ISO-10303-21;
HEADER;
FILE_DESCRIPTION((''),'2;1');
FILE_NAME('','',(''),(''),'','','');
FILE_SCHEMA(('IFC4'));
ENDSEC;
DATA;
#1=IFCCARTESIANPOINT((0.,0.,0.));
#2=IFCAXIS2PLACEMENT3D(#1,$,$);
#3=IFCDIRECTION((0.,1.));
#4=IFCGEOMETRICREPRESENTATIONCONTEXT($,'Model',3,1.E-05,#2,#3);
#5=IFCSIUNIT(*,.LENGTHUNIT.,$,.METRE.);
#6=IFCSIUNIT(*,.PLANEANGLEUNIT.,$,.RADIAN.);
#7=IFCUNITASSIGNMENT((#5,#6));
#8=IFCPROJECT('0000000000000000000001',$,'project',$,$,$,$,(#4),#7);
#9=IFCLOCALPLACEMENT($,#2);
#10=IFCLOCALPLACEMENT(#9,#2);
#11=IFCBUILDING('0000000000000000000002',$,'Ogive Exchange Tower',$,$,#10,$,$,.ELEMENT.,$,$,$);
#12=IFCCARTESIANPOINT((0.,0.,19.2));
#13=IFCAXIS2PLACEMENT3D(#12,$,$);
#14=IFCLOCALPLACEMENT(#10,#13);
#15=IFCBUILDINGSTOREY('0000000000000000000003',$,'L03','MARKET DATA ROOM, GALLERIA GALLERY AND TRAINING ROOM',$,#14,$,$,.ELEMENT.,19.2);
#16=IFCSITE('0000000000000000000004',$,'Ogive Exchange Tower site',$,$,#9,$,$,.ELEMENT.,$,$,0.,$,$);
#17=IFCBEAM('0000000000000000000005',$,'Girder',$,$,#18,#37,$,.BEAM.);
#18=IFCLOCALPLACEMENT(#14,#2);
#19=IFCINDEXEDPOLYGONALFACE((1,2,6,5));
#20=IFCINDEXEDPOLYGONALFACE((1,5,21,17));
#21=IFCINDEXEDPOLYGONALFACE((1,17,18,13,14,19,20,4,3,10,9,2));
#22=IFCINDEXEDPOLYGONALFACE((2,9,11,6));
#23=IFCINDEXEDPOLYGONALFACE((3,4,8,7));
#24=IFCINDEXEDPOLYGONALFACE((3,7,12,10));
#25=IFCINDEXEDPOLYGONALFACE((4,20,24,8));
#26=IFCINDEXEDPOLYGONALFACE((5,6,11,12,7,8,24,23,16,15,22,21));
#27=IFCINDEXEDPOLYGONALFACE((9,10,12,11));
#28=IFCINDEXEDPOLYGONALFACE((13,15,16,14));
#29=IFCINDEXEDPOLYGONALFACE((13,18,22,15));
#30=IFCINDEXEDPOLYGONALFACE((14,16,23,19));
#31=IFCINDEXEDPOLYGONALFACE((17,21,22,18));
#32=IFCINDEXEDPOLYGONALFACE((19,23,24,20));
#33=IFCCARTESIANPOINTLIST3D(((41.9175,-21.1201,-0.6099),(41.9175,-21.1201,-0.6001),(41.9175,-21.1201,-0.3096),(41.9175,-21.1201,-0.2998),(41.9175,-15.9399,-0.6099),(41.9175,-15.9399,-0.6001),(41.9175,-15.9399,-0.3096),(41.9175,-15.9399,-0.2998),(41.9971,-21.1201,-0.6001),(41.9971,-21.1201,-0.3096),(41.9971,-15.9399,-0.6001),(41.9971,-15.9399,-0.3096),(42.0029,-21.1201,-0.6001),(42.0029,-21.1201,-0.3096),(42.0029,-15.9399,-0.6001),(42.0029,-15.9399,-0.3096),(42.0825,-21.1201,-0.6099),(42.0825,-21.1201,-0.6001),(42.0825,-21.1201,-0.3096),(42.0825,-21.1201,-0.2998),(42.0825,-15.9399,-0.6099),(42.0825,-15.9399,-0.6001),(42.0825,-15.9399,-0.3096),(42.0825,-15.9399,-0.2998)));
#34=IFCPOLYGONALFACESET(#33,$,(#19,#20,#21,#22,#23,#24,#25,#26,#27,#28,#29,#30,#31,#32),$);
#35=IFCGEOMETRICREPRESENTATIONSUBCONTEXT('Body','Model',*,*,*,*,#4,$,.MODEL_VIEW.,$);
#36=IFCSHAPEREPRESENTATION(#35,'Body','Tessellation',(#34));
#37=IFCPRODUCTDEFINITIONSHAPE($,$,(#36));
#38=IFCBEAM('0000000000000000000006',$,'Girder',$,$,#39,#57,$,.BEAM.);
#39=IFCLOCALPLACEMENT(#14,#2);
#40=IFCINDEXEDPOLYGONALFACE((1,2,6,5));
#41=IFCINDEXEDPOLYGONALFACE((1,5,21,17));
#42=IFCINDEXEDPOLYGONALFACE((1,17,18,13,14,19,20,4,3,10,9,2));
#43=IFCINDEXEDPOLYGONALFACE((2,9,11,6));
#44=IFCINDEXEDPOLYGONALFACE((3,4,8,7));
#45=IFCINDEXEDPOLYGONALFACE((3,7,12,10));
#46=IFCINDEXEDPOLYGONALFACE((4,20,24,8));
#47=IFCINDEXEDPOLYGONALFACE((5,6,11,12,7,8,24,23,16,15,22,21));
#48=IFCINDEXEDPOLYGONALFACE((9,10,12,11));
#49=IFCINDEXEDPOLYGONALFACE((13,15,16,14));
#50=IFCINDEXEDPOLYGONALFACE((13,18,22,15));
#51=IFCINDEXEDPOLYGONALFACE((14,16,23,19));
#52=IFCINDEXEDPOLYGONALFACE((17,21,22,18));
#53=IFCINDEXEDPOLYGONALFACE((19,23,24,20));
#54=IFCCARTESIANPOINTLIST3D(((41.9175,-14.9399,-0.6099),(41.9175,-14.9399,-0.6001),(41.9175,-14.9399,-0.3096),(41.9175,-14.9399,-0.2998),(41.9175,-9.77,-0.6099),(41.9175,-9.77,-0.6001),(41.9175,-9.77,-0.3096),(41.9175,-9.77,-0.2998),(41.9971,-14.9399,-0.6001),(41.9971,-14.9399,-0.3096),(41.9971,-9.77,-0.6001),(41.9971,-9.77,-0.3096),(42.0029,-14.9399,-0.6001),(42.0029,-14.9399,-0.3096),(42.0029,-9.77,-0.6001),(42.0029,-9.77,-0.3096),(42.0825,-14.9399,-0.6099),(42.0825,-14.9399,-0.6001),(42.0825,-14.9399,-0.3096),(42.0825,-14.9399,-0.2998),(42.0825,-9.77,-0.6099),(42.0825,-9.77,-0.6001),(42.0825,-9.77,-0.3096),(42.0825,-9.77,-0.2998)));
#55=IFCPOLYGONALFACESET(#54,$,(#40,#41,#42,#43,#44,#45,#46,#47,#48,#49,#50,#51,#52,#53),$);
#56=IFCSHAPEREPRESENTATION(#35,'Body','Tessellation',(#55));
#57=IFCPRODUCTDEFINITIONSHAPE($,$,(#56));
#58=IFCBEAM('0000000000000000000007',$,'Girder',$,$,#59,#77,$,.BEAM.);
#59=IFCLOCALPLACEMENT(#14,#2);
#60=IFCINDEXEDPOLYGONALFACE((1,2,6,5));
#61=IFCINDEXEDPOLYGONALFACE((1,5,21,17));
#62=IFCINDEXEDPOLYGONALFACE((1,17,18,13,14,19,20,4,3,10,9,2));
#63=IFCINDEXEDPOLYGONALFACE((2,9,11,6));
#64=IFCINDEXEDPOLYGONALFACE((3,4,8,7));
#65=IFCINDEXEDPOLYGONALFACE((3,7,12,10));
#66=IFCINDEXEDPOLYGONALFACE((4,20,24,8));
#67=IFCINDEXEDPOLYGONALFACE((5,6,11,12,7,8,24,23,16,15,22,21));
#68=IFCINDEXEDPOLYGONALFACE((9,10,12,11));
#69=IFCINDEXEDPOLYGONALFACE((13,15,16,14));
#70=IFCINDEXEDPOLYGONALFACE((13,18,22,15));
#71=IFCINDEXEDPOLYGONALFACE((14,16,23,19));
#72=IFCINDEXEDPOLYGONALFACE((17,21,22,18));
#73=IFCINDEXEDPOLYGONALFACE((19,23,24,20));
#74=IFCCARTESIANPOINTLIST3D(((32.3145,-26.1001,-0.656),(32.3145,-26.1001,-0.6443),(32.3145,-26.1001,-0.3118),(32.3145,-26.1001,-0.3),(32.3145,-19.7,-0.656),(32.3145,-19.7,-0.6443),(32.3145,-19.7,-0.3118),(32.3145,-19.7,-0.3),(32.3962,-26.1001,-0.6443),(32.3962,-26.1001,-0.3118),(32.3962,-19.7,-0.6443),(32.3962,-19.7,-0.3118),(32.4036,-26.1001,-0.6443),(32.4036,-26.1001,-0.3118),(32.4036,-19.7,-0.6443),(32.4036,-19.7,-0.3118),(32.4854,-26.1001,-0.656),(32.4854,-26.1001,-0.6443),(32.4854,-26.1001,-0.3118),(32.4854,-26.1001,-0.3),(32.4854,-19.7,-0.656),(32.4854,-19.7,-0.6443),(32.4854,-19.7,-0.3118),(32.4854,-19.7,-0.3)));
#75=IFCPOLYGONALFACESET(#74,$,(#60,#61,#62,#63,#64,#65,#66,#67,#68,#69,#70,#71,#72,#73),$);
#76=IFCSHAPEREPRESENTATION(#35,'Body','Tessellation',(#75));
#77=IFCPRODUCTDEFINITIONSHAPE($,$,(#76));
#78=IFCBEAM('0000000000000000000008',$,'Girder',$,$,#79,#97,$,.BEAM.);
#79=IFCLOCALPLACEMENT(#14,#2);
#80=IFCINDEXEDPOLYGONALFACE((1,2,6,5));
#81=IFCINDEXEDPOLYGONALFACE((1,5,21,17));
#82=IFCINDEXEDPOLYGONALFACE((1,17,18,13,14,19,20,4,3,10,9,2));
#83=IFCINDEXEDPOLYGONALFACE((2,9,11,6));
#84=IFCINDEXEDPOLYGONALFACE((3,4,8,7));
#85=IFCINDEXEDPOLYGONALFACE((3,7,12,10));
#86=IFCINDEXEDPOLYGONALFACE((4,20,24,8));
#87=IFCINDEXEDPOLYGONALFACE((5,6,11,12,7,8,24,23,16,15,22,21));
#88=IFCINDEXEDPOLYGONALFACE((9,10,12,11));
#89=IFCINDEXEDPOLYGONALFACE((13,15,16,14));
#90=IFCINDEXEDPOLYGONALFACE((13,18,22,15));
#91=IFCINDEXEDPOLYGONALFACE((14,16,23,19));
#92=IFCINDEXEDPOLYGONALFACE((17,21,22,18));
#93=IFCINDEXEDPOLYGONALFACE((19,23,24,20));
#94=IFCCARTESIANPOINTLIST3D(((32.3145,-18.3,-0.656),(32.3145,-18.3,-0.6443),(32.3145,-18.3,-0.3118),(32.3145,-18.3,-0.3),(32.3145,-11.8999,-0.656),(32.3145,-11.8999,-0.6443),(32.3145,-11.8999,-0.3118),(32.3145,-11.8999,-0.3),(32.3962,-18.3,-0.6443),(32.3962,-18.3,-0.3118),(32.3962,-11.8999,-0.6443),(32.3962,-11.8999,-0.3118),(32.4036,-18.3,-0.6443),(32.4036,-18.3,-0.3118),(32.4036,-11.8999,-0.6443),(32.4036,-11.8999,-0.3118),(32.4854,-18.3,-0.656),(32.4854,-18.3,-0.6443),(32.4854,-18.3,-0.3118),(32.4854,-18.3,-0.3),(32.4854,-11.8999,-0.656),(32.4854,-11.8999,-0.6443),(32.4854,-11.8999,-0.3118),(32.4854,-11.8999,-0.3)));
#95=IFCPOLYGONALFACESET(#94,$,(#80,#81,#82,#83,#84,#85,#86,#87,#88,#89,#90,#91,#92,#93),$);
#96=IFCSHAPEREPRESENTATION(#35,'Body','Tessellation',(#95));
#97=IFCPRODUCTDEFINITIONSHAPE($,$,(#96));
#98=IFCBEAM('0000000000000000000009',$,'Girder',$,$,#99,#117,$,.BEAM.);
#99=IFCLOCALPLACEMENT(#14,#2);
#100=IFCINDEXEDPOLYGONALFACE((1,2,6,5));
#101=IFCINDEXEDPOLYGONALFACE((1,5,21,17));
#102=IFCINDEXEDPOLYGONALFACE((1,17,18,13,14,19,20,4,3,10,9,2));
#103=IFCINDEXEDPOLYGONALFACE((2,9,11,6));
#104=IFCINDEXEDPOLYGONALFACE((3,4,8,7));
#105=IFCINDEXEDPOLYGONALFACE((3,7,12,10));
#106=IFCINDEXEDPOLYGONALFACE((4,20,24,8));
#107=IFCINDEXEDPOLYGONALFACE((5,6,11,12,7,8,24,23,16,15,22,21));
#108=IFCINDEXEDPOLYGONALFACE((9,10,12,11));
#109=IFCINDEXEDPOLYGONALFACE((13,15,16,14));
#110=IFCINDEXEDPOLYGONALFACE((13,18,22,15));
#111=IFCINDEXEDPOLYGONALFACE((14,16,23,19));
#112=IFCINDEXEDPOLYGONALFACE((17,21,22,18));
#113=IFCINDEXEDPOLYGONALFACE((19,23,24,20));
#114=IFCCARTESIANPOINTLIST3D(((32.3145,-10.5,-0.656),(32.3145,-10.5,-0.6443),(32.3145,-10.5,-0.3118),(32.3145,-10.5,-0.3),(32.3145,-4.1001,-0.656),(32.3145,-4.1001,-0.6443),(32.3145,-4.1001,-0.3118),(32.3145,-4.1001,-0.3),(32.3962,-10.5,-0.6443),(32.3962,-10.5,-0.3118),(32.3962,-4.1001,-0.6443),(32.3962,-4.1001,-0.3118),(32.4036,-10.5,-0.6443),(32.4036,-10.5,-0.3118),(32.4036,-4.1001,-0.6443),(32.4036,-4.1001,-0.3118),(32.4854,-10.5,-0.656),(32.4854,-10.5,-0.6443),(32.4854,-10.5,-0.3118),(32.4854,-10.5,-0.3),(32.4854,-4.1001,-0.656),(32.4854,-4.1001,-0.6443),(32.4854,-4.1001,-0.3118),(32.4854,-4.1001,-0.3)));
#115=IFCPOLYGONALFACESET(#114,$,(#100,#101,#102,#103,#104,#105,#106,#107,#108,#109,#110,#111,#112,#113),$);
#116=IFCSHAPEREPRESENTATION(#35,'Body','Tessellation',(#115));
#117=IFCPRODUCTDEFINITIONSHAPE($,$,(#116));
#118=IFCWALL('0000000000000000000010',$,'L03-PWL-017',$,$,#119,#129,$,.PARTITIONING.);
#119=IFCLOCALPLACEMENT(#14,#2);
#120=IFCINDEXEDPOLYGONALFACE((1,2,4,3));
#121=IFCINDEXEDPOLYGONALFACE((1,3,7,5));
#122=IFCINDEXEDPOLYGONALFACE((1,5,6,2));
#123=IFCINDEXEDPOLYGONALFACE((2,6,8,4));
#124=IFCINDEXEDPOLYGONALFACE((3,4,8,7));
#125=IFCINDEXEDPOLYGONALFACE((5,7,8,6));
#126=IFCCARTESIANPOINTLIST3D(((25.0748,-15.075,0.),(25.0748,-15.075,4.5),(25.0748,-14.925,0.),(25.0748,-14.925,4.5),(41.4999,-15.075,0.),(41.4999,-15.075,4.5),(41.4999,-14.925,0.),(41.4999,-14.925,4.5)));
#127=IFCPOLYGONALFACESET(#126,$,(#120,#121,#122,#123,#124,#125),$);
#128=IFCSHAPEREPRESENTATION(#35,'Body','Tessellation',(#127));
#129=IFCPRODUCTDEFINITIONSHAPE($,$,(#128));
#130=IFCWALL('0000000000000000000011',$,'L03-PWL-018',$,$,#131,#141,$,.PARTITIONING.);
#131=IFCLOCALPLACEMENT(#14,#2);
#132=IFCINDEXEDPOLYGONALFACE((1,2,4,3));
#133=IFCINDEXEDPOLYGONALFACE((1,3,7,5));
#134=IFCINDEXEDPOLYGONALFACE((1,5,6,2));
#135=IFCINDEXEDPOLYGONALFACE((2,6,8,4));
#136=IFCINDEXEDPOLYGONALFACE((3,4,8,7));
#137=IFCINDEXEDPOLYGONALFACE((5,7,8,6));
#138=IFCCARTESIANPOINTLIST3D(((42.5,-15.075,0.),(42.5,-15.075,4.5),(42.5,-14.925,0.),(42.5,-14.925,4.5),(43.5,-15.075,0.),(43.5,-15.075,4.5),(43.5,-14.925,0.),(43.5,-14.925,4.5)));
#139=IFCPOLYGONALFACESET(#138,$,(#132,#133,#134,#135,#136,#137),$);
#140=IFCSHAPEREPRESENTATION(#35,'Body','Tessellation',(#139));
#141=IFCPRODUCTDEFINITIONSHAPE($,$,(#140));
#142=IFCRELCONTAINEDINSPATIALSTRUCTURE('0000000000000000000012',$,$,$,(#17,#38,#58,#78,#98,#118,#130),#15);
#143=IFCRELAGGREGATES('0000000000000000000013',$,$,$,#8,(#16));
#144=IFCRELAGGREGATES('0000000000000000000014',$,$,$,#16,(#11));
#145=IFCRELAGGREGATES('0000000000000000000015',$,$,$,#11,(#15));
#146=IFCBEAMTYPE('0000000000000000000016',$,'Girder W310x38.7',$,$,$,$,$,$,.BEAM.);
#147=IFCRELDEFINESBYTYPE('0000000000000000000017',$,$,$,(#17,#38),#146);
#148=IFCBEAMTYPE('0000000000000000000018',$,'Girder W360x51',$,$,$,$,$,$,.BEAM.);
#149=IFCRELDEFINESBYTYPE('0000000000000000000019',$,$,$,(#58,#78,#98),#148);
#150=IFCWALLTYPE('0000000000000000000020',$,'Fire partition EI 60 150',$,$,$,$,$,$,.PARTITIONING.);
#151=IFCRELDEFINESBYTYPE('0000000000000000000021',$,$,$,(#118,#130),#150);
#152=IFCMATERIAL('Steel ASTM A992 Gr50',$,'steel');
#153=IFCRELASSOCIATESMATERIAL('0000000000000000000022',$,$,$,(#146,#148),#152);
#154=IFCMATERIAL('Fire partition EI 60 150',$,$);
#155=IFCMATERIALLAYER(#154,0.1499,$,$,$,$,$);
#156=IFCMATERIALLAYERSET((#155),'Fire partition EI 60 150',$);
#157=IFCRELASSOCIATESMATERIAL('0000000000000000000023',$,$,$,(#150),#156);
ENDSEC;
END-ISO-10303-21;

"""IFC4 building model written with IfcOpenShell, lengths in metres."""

from ifc_helpers import new_model, si_unit, direction, frame, frame_2d, origin, origin_2d, place, context, subcontext, project, spatial, rectangle, i_section, extrude, material, layer, layer_set, material_profile, profile_set, type_object, element, save


model = new_model("IFC4")

# Units and contexts
model_context = context("Model", 3, precision=1e-05, world=origin(), true_north=direction((0.0, 1.0)))
body_context = subcontext(model_context, "Body", "Model", "MODEL_VIEW")
ifc_project = project(units=[si_unit("LENGTHUNIT", "METRE"), si_unit("PLANEANGLEUNIT", "RADIAN")], contexts=[model_context])

# Site, building, storey
site_placement = place(None, origin())
site = spatial("IfcSite", under=ifc_project, at=site_placement, Name="Ogive Exchange Tower site", CompositionType="ELEMENT", RefElevation=0.0)
building_placement = place(site_placement, origin())
building = spatial("IfcBuilding", under=site, at=building_placement, Name="Ogive Exchange Tower", CompositionType="ELEMENT")
storey_placement = place(building_placement, frame((0.0, 0.0, 19.2)))
storey = spatial("IfcBuildingStorey", under=building, at=storey_placement, Name="L03", Description="MARKET DATA ROOM, GALLERIA GALLERY AND TRAINING ROOM", CompositionType="ELEMENT", Elevation=19.2)

# Beams
ifc_material_1 = material(Name="Steel ASTM A992 Gr50", Category="steel")
ifc_material_profile_1 = material_profile(ifc_material_1, i_section(OverallWidth=0.165, OverallDepth=0.3101, WebThickness=0.0059, FlangeThickness=0.0098, at=origin_2d()), Name="W310x38.7")
ifc_profile_set_1 = profile_set([ifc_material_profile_1], Name="Steel ASTM A992 Gr50")
beam_type_1 = type_object("IfcBeamType", Name="Girder W310x38.7", PredefinedType="BEAM", material=ifc_profile_set_1)
beam_1_placement = place(storey_placement, frame((42.0, -21.1201, -0.4548), z_axis=(0.0, 1.0, 0.0), x_axis=(-1.0, 0.0, 0.0)))
element("IfcBeam", 1, at=beam_1_placement, inside=storey, type_object=beam_type_1, Name="Girder", PredefinedType="BEAM", context=body_context, shape_type="SweptSolid", body=[
    extrude(i_section(OverallWidth=0.165, OverallDepth=0.3101, WebThickness=0.0059, FlangeThickness=0.0098, at=origin_2d()), origin(), (0.0, 0.0, 1.0), 5.1802),
])
beam_2_placement = place(storey_placement, frame((42.0, -14.9399, -0.4548), z_axis=(0.0, 1.0, 0.0), x_axis=(-1.0, 0.0, 0.0)))
element("IfcBeam", 2, at=beam_2_placement, inside=storey, type_object=beam_type_1, Name="Girder", PredefinedType="BEAM", context=body_context, shape_type="SweptSolid", body=[
    extrude(i_section(OverallWidth=0.165, OverallDepth=0.3101, WebThickness=0.0059, FlangeThickness=0.0098, at=origin_2d()), origin(), (0.0, 0.0, 1.0), 5.1699),
])
ifc_material_profile_2 = material_profile(ifc_material_1, i_section(OverallWidth=0.1709, OverallDepth=0.356, WebThickness=0.0073, FlangeThickness=0.0117, at=origin_2d()), Name="W360x51")
ifc_profile_set_2 = profile_set([ifc_material_profile_2], Name="Steel ASTM A992 Gr50")
beam_type_2 = type_object("IfcBeamType", Name="Girder W360x51", PredefinedType="BEAM", material=ifc_profile_set_2)
for number, where, z_axis, x_axis, name in (
    (3, (32.3999, -26.1001, -0.478), (0.0, 1.0, 0.0), (-1.0, 0.0, 0.0), "Girder"),
    (4, (32.3999, -18.3, -0.478), (0.0, 1.0, 0.0), (-1.0, 0.0, 0.0), "Girder"),
):
    element("IfcBeam", number, at=place(storey_placement, frame(where, z_axis=z_axis, x_axis=x_axis)), inside=storey, type_object=beam_type_2, Name=name, PredefinedType="BEAM", context=body_context, shape_type="SweptSolid", body=[
        extrude(i_section(OverallWidth=0.1709, OverallDepth=0.356, WebThickness=0.0073, FlangeThickness=0.0117, at=origin_2d()), origin(), (0.0, 0.0, 1.0), 6.4001),
    ])
beam_3_placement = place(storey_placement, frame((32.3999, -10.5, -0.478), z_axis=(0.0, 1.0, 0.0), x_axis=(-1.0, 0.0, 0.0)))
element("IfcBeam", 5, at=beam_3_placement, inside=storey, type_object=beam_type_2, Name="Girder", PredefinedType="BEAM", context=body_context, shape_type="SweptSolid", body=[
    extrude(i_section(OverallWidth=0.1709, OverallDepth=0.356, WebThickness=0.0073, FlangeThickness=0.0117, at=origin_2d()), origin(), (0.0, 0.0, 1.0), 6.3999),
])

# Walls
ifc_material_2 = material(Name="Fire partition EI 60 150")
ifc_layer_1 = layer(ifc_material_2, 0.1499)
ifc_layer_set_1 = layer_set([ifc_layer_1], Name="Fire partition EI 60 150")
wall_type_1 = type_object("IfcWallType", Name="Fire partition EI 60 150", PredefinedType="PARTITIONING", material=ifc_layer_set_1)
wall_1_placement = place(storey_placement, frame((25.075, -15.0, 0.0), z_axis=(0.0, 0.0, 1.0), x_axis=(1.0, 0.0, 0.0)))
element("IfcWall", 6, at=wall_1_placement, inside=storey, type_object=wall_type_1, Name="L03-PWL-017", PredefinedType="PARTITIONING", context=body_context, shape_type="SweptSolid", body=[
    extrude(rectangle(XDim=16.425, YDim=0.1499, at=frame_2d((8.2124, 0.0))), origin(), (0.0, 0.0, 1.0), 4.5),
])
wall_2_placement = place(storey_placement, frame((42.5, -15.0, 0.0), z_axis=(0.0, 0.0, 1.0), x_axis=(1.0, 0.0, 0.0)))
element("IfcWall", 7, at=wall_2_placement, inside=storey, type_object=wall_type_1, Name="L03-PWL-018", PredefinedType="PARTITIONING", context=body_context, shape_type="SweptSolid", body=[
    extrude(rectangle(XDim=1.0, YDim=0.1499, at=frame_2d((0.5, 0.0))), origin(), (0.0, 0.0, 1.0), 4.5),
])

save(model, "model.ifc")
